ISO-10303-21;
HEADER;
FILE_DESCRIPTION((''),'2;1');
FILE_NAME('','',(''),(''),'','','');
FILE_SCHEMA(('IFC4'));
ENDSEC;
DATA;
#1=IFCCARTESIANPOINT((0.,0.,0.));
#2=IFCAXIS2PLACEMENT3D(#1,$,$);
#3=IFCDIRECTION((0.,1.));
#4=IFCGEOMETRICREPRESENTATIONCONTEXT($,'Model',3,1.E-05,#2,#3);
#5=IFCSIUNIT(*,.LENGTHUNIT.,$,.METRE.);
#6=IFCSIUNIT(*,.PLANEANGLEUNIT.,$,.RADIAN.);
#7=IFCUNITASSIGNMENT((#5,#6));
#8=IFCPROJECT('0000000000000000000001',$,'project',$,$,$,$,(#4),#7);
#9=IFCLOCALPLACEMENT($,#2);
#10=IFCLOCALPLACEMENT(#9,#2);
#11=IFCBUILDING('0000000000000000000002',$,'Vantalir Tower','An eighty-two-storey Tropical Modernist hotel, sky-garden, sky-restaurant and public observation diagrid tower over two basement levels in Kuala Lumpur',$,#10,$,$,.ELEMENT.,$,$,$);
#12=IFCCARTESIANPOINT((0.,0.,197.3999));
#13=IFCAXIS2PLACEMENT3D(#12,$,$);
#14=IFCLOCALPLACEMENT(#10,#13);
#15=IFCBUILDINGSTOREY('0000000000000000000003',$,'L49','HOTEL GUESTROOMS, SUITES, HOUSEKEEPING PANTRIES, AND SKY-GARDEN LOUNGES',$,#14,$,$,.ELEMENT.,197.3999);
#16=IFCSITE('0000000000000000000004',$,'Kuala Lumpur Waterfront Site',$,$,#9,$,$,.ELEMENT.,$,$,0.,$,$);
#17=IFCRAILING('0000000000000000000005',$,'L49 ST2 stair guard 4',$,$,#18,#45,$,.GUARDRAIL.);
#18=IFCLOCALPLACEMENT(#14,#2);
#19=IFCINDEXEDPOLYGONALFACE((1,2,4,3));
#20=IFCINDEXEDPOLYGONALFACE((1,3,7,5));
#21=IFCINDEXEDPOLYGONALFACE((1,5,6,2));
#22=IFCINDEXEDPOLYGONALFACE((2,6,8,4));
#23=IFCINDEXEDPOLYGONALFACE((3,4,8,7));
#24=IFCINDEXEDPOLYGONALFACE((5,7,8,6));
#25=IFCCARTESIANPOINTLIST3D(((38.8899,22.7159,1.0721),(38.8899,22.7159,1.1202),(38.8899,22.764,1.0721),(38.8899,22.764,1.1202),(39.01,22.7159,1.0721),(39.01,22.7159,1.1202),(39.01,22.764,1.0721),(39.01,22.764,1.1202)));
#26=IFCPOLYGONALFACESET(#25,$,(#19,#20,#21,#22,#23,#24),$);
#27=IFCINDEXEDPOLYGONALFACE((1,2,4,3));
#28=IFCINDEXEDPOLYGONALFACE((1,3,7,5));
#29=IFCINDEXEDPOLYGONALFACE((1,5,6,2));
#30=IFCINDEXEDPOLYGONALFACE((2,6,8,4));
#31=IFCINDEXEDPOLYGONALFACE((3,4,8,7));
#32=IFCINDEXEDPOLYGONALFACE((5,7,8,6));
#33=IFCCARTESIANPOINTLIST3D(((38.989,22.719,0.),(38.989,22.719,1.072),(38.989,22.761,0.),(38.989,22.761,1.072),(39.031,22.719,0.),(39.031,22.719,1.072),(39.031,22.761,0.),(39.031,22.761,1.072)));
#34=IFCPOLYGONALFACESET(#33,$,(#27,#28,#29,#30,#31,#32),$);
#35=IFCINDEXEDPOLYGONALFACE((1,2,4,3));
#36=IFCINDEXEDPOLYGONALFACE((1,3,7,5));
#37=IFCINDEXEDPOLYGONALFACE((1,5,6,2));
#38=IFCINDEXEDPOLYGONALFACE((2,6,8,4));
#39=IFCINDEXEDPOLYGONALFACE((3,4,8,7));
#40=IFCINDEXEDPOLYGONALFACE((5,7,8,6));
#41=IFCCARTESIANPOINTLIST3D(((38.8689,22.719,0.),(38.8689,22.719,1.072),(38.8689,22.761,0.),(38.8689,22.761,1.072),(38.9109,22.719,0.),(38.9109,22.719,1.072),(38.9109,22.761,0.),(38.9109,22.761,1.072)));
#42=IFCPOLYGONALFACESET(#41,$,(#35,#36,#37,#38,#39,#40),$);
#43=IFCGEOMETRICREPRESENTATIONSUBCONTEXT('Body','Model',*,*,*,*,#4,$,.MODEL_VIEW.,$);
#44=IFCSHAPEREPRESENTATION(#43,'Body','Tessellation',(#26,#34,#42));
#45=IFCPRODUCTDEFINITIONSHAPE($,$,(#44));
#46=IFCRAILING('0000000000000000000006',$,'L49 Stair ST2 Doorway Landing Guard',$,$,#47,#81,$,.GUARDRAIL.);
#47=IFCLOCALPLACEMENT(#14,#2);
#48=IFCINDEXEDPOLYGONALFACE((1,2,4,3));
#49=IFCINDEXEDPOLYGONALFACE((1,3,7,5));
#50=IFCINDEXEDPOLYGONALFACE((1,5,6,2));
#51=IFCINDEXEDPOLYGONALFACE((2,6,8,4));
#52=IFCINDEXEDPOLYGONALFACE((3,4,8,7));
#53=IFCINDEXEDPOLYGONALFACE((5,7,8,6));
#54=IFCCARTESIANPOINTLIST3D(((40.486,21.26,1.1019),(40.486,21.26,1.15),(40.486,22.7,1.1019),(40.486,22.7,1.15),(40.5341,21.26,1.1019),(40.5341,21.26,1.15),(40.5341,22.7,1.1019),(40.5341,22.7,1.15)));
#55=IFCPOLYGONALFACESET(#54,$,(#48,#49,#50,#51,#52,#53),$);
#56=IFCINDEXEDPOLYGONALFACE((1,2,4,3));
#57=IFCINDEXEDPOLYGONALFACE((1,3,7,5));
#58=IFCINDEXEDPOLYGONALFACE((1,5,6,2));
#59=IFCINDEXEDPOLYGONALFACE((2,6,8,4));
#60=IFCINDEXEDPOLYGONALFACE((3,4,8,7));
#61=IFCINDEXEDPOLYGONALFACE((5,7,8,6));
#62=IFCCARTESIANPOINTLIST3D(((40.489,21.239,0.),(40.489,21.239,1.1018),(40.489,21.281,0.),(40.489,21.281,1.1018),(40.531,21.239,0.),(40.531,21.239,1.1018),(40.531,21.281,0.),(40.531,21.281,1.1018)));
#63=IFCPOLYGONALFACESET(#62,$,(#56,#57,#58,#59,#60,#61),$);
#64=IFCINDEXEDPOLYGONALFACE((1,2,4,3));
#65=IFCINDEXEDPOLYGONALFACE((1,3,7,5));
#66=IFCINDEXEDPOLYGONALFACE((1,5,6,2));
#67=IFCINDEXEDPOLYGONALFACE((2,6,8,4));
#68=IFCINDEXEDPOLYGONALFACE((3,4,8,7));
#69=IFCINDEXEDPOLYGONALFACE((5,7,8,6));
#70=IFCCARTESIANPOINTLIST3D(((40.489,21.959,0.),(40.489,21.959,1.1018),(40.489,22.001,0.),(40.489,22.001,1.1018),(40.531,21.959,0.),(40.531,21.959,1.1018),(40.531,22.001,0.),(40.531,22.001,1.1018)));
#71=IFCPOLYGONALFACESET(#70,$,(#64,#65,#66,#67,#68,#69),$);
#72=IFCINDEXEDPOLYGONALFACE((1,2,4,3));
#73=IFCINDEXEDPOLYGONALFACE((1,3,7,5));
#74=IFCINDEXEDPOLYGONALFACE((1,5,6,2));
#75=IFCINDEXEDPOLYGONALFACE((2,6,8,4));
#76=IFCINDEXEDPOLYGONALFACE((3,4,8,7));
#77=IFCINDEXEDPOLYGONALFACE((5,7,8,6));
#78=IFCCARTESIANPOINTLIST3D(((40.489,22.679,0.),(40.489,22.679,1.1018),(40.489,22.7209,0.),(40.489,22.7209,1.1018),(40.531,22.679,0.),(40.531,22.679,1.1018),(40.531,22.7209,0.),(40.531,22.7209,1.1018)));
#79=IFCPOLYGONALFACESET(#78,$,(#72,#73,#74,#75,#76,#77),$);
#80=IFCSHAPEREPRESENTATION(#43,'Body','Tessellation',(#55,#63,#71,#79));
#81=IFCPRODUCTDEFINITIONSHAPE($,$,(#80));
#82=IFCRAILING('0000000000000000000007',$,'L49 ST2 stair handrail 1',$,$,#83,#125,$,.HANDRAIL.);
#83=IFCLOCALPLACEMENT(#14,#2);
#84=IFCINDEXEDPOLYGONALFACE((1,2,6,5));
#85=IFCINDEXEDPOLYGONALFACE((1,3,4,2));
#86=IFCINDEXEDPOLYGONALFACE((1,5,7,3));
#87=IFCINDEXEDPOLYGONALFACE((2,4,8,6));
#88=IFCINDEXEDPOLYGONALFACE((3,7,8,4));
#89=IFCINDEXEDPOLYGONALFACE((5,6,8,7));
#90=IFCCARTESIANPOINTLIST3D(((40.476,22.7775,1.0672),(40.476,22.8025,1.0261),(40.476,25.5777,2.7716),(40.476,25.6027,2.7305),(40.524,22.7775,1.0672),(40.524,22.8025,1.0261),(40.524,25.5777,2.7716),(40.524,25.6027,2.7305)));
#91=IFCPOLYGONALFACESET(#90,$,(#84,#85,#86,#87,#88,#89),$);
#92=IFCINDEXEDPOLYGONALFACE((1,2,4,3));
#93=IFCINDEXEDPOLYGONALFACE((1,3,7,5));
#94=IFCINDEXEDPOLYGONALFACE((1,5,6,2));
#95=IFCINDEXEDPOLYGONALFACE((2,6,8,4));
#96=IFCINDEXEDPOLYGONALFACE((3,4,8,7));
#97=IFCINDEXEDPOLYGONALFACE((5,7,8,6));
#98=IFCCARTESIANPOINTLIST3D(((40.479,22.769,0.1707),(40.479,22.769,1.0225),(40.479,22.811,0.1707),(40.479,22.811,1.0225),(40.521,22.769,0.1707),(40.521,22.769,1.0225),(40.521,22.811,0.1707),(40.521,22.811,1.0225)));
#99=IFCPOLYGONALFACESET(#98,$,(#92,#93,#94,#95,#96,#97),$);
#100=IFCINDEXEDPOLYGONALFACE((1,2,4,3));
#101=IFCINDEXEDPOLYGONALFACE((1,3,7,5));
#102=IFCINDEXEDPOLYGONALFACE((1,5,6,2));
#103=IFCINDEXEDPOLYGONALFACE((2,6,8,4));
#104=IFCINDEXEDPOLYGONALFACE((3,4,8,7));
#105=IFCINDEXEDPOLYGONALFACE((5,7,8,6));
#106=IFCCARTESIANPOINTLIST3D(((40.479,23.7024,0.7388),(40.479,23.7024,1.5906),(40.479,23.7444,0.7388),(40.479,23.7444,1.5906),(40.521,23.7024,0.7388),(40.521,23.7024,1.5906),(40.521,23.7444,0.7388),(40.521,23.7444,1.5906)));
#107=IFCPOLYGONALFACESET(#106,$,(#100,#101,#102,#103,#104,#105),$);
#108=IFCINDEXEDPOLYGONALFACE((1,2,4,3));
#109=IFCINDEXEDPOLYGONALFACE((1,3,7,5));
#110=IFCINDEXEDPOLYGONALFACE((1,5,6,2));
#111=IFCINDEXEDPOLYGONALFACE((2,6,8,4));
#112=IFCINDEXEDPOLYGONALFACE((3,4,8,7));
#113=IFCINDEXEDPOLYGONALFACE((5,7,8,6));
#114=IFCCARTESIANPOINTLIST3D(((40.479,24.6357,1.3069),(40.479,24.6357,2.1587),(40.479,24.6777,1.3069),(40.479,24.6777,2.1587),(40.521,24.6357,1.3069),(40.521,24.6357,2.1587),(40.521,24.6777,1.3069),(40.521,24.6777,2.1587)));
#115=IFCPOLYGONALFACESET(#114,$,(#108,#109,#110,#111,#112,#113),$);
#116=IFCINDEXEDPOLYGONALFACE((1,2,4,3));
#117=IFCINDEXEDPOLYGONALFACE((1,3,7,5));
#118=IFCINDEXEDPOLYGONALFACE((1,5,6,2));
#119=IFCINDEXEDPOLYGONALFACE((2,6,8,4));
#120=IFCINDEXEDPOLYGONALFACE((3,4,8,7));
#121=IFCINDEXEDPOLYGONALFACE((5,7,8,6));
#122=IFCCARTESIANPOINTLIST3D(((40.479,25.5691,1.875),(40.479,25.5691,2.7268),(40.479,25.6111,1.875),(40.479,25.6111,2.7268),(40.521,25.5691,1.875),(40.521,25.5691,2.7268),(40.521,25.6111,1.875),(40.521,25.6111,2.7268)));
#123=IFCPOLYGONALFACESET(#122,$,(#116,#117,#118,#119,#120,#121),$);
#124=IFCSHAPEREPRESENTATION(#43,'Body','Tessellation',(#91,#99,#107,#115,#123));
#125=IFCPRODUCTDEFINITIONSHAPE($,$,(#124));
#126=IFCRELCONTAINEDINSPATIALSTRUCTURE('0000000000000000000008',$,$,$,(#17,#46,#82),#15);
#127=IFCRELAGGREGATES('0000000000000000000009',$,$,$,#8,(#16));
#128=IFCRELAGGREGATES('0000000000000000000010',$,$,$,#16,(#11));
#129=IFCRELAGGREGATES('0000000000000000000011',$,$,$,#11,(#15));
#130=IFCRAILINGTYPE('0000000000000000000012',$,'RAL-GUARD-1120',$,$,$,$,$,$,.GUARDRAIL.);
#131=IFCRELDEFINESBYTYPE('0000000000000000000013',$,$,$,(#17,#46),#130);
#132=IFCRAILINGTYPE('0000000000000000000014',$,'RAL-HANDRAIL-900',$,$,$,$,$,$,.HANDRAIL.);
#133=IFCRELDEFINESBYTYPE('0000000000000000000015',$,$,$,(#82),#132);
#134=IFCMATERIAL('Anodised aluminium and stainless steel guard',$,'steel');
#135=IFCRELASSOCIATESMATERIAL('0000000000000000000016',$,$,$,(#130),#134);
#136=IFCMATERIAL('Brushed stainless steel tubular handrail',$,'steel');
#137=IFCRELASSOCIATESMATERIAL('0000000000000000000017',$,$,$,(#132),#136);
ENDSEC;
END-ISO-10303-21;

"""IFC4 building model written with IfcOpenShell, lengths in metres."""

from ifc_helpers import new_model, si_unit, direction, frame, origin, origin_2d, place, context, subcontext, project, spatial, rectangle, extrude, material, type_object, element, save


model = new_model("IFC4")

# Units and contexts
model_context = context("Model", 3, precision=1e-05, world=origin(), true_north=direction((0.0, 1.0)))
body_context = subcontext(model_context, "Body", "Model", "MODEL_VIEW")
ifc_project = project(units=[si_unit("LENGTHUNIT", "METRE"), si_unit("PLANEANGLEUNIT", "RADIAN")], contexts=[model_context])

# Site, building, storey
site_placement = place(None, origin())
site = spatial("IfcSite", under=ifc_project, at=site_placement, Name="Kuala Lumpur Waterfront Site", CompositionType="ELEMENT", RefElevation=0.0)
building_placement = place(site_placement, origin())
building = spatial("IfcBuilding", under=site, at=building_placement, Name="Vantalir Tower", Description="An eighty-two-storey Tropical Modernist hotel, sky-garden, sky-restaurant and public observation diagrid tower over two basement levels in Kuala Lumpur", CompositionType="ELEMENT")
storey_placement = place(building_placement, frame((0.0, 0.0, 197.3999)))
storey = spatial("IfcBuildingStorey", under=building, at=storey_placement, Name="L49", Description="HOTEL GUESTROOMS, SUITES, HOUSEKEEPING PANTRIES, AND SKY-GARDEN LOUNGES", CompositionType="ELEMENT", Elevation=197.3999)

# Railings
ifc_material_1 = material(Name="Anodised aluminium and stainless steel guard", Category="steel")
railing_type_1 = type_object("IfcRailingType", Name="RAL-GUARD-1120", PredefinedType="GUARDRAIL", material=ifc_material_1)
railing_1_placement = place(storey_placement, frame((39.01, 22.74, 0.0)))
element("IfcRailing", 1, at=railing_1_placement, inside=storey, type_object=railing_type_1, Name="L49 ST2 stair guard 4", PredefinedType="GUARDRAIL", context=body_context, shape_type="SweptSolid", body=[
    extrude(rectangle(XDim=0.0481, YDim=0.0481, at=origin_2d()), frame((0.0, 0.0, 1.0962), z_axis=(-1.0, 0.0, 0.0), x_axis=(0.0, -1.0, 0.0)), (0.0, 0.0, 1.0), 0.1201),
    extrude(rectangle(XDim=0.042, YDim=0.042, at=origin_2d()), origin(), (0.0, 0.0, 1.0), 1.072),
    extrude(rectangle(XDim=0.042, YDim=0.042, at=origin_2d()), frame((-0.1201, 0.0, 0.0)), (0.0, 0.0, 1.0), 1.072),
])
railing_2_placement = place(storey_placement, frame((40.51, 21.26, 0.0)))
element("IfcRailing", 2, at=railing_2_placement, inside=storey, type_object=railing_type_1, Name="L49 Stair ST2 Doorway Landing Guard", PredefinedType="GUARDRAIL", context=body_context, shape_type="SweptSolid", body=[
    extrude(rectangle(XDim=0.0481, YDim=0.0481, at=origin_2d()), frame((0.0, 0.0, 1.126), z_axis=(0.0, 1.0, 0.0), x_axis=(-1.0, 0.0, 0.0)), (0.0, 0.0, 1.0), 1.4399),
    extrude(rectangle(XDim=0.042, YDim=0.042, at=origin_2d()), origin(), (0.0, 0.0, 1.0), 1.1018),
    extrude(rectangle(XDim=0.042, YDim=0.042, at=origin_2d()), frame((0.0, 0.72, 0.0)), (0.0, 0.0, 1.0), 1.1018),
    extrude(rectangle(XDim=0.042, YDim=0.042, at=origin_2d()), frame((0.0, 1.4399, 0.0)), (0.0, 0.0, 1.0), 1.1018),
])
ifc_material_2 = material(Name="Brushed stainless steel tubular handrail", Category="steel")
railing_type_2 = type_object("IfcRailingType", Name="RAL-HANDRAIL-900", PredefinedType="HANDRAIL", material=ifc_material_2)
railing_3_placement = place(storey_placement, frame((40.5, 22.79, 0.1707)))
element("IfcRailing", 3, at=railing_3_placement, inside=storey, type_object=railing_type_2, Name="L49 ST2 stair handrail 1", PredefinedType="HANDRAIL", context=body_context, shape_type="SweptSolid", body=[
    extrude(rectangle(XDim=0.0481, YDim=0.0481, at=origin_2d()), frame((0.0, 0.0, 0.876), z_axis=(0.0, 0.854203, 0.51994), x_axis=(-1.0, 0.0, 0.0)), (0.0, 0.0, 1.0), 3.2781),
    extrude(rectangle(XDim=0.042, YDim=0.042, at=origin_2d()), origin(), (0.0, 0.0, 1.0), 0.8518),
    extrude(rectangle(XDim=0.042, YDim=0.042, at=origin_2d()), frame((0.0, 0.9333, 0.5681)), (0.0, 0.0, 1.0), 0.8518),
    extrude(rectangle(XDim=0.042, YDim=0.042, at=origin_2d()), frame((0.0, 1.8667, 1.1362)), (0.0, 0.0, 1.0), 0.8518),
    extrude(rectangle(XDim=0.042, YDim=0.042, at=origin_2d()), frame((0.0, 2.8, 1.7043)), (0.0, 0.0, 1.0), 0.8518),
])

save(model, "model.ifc")
